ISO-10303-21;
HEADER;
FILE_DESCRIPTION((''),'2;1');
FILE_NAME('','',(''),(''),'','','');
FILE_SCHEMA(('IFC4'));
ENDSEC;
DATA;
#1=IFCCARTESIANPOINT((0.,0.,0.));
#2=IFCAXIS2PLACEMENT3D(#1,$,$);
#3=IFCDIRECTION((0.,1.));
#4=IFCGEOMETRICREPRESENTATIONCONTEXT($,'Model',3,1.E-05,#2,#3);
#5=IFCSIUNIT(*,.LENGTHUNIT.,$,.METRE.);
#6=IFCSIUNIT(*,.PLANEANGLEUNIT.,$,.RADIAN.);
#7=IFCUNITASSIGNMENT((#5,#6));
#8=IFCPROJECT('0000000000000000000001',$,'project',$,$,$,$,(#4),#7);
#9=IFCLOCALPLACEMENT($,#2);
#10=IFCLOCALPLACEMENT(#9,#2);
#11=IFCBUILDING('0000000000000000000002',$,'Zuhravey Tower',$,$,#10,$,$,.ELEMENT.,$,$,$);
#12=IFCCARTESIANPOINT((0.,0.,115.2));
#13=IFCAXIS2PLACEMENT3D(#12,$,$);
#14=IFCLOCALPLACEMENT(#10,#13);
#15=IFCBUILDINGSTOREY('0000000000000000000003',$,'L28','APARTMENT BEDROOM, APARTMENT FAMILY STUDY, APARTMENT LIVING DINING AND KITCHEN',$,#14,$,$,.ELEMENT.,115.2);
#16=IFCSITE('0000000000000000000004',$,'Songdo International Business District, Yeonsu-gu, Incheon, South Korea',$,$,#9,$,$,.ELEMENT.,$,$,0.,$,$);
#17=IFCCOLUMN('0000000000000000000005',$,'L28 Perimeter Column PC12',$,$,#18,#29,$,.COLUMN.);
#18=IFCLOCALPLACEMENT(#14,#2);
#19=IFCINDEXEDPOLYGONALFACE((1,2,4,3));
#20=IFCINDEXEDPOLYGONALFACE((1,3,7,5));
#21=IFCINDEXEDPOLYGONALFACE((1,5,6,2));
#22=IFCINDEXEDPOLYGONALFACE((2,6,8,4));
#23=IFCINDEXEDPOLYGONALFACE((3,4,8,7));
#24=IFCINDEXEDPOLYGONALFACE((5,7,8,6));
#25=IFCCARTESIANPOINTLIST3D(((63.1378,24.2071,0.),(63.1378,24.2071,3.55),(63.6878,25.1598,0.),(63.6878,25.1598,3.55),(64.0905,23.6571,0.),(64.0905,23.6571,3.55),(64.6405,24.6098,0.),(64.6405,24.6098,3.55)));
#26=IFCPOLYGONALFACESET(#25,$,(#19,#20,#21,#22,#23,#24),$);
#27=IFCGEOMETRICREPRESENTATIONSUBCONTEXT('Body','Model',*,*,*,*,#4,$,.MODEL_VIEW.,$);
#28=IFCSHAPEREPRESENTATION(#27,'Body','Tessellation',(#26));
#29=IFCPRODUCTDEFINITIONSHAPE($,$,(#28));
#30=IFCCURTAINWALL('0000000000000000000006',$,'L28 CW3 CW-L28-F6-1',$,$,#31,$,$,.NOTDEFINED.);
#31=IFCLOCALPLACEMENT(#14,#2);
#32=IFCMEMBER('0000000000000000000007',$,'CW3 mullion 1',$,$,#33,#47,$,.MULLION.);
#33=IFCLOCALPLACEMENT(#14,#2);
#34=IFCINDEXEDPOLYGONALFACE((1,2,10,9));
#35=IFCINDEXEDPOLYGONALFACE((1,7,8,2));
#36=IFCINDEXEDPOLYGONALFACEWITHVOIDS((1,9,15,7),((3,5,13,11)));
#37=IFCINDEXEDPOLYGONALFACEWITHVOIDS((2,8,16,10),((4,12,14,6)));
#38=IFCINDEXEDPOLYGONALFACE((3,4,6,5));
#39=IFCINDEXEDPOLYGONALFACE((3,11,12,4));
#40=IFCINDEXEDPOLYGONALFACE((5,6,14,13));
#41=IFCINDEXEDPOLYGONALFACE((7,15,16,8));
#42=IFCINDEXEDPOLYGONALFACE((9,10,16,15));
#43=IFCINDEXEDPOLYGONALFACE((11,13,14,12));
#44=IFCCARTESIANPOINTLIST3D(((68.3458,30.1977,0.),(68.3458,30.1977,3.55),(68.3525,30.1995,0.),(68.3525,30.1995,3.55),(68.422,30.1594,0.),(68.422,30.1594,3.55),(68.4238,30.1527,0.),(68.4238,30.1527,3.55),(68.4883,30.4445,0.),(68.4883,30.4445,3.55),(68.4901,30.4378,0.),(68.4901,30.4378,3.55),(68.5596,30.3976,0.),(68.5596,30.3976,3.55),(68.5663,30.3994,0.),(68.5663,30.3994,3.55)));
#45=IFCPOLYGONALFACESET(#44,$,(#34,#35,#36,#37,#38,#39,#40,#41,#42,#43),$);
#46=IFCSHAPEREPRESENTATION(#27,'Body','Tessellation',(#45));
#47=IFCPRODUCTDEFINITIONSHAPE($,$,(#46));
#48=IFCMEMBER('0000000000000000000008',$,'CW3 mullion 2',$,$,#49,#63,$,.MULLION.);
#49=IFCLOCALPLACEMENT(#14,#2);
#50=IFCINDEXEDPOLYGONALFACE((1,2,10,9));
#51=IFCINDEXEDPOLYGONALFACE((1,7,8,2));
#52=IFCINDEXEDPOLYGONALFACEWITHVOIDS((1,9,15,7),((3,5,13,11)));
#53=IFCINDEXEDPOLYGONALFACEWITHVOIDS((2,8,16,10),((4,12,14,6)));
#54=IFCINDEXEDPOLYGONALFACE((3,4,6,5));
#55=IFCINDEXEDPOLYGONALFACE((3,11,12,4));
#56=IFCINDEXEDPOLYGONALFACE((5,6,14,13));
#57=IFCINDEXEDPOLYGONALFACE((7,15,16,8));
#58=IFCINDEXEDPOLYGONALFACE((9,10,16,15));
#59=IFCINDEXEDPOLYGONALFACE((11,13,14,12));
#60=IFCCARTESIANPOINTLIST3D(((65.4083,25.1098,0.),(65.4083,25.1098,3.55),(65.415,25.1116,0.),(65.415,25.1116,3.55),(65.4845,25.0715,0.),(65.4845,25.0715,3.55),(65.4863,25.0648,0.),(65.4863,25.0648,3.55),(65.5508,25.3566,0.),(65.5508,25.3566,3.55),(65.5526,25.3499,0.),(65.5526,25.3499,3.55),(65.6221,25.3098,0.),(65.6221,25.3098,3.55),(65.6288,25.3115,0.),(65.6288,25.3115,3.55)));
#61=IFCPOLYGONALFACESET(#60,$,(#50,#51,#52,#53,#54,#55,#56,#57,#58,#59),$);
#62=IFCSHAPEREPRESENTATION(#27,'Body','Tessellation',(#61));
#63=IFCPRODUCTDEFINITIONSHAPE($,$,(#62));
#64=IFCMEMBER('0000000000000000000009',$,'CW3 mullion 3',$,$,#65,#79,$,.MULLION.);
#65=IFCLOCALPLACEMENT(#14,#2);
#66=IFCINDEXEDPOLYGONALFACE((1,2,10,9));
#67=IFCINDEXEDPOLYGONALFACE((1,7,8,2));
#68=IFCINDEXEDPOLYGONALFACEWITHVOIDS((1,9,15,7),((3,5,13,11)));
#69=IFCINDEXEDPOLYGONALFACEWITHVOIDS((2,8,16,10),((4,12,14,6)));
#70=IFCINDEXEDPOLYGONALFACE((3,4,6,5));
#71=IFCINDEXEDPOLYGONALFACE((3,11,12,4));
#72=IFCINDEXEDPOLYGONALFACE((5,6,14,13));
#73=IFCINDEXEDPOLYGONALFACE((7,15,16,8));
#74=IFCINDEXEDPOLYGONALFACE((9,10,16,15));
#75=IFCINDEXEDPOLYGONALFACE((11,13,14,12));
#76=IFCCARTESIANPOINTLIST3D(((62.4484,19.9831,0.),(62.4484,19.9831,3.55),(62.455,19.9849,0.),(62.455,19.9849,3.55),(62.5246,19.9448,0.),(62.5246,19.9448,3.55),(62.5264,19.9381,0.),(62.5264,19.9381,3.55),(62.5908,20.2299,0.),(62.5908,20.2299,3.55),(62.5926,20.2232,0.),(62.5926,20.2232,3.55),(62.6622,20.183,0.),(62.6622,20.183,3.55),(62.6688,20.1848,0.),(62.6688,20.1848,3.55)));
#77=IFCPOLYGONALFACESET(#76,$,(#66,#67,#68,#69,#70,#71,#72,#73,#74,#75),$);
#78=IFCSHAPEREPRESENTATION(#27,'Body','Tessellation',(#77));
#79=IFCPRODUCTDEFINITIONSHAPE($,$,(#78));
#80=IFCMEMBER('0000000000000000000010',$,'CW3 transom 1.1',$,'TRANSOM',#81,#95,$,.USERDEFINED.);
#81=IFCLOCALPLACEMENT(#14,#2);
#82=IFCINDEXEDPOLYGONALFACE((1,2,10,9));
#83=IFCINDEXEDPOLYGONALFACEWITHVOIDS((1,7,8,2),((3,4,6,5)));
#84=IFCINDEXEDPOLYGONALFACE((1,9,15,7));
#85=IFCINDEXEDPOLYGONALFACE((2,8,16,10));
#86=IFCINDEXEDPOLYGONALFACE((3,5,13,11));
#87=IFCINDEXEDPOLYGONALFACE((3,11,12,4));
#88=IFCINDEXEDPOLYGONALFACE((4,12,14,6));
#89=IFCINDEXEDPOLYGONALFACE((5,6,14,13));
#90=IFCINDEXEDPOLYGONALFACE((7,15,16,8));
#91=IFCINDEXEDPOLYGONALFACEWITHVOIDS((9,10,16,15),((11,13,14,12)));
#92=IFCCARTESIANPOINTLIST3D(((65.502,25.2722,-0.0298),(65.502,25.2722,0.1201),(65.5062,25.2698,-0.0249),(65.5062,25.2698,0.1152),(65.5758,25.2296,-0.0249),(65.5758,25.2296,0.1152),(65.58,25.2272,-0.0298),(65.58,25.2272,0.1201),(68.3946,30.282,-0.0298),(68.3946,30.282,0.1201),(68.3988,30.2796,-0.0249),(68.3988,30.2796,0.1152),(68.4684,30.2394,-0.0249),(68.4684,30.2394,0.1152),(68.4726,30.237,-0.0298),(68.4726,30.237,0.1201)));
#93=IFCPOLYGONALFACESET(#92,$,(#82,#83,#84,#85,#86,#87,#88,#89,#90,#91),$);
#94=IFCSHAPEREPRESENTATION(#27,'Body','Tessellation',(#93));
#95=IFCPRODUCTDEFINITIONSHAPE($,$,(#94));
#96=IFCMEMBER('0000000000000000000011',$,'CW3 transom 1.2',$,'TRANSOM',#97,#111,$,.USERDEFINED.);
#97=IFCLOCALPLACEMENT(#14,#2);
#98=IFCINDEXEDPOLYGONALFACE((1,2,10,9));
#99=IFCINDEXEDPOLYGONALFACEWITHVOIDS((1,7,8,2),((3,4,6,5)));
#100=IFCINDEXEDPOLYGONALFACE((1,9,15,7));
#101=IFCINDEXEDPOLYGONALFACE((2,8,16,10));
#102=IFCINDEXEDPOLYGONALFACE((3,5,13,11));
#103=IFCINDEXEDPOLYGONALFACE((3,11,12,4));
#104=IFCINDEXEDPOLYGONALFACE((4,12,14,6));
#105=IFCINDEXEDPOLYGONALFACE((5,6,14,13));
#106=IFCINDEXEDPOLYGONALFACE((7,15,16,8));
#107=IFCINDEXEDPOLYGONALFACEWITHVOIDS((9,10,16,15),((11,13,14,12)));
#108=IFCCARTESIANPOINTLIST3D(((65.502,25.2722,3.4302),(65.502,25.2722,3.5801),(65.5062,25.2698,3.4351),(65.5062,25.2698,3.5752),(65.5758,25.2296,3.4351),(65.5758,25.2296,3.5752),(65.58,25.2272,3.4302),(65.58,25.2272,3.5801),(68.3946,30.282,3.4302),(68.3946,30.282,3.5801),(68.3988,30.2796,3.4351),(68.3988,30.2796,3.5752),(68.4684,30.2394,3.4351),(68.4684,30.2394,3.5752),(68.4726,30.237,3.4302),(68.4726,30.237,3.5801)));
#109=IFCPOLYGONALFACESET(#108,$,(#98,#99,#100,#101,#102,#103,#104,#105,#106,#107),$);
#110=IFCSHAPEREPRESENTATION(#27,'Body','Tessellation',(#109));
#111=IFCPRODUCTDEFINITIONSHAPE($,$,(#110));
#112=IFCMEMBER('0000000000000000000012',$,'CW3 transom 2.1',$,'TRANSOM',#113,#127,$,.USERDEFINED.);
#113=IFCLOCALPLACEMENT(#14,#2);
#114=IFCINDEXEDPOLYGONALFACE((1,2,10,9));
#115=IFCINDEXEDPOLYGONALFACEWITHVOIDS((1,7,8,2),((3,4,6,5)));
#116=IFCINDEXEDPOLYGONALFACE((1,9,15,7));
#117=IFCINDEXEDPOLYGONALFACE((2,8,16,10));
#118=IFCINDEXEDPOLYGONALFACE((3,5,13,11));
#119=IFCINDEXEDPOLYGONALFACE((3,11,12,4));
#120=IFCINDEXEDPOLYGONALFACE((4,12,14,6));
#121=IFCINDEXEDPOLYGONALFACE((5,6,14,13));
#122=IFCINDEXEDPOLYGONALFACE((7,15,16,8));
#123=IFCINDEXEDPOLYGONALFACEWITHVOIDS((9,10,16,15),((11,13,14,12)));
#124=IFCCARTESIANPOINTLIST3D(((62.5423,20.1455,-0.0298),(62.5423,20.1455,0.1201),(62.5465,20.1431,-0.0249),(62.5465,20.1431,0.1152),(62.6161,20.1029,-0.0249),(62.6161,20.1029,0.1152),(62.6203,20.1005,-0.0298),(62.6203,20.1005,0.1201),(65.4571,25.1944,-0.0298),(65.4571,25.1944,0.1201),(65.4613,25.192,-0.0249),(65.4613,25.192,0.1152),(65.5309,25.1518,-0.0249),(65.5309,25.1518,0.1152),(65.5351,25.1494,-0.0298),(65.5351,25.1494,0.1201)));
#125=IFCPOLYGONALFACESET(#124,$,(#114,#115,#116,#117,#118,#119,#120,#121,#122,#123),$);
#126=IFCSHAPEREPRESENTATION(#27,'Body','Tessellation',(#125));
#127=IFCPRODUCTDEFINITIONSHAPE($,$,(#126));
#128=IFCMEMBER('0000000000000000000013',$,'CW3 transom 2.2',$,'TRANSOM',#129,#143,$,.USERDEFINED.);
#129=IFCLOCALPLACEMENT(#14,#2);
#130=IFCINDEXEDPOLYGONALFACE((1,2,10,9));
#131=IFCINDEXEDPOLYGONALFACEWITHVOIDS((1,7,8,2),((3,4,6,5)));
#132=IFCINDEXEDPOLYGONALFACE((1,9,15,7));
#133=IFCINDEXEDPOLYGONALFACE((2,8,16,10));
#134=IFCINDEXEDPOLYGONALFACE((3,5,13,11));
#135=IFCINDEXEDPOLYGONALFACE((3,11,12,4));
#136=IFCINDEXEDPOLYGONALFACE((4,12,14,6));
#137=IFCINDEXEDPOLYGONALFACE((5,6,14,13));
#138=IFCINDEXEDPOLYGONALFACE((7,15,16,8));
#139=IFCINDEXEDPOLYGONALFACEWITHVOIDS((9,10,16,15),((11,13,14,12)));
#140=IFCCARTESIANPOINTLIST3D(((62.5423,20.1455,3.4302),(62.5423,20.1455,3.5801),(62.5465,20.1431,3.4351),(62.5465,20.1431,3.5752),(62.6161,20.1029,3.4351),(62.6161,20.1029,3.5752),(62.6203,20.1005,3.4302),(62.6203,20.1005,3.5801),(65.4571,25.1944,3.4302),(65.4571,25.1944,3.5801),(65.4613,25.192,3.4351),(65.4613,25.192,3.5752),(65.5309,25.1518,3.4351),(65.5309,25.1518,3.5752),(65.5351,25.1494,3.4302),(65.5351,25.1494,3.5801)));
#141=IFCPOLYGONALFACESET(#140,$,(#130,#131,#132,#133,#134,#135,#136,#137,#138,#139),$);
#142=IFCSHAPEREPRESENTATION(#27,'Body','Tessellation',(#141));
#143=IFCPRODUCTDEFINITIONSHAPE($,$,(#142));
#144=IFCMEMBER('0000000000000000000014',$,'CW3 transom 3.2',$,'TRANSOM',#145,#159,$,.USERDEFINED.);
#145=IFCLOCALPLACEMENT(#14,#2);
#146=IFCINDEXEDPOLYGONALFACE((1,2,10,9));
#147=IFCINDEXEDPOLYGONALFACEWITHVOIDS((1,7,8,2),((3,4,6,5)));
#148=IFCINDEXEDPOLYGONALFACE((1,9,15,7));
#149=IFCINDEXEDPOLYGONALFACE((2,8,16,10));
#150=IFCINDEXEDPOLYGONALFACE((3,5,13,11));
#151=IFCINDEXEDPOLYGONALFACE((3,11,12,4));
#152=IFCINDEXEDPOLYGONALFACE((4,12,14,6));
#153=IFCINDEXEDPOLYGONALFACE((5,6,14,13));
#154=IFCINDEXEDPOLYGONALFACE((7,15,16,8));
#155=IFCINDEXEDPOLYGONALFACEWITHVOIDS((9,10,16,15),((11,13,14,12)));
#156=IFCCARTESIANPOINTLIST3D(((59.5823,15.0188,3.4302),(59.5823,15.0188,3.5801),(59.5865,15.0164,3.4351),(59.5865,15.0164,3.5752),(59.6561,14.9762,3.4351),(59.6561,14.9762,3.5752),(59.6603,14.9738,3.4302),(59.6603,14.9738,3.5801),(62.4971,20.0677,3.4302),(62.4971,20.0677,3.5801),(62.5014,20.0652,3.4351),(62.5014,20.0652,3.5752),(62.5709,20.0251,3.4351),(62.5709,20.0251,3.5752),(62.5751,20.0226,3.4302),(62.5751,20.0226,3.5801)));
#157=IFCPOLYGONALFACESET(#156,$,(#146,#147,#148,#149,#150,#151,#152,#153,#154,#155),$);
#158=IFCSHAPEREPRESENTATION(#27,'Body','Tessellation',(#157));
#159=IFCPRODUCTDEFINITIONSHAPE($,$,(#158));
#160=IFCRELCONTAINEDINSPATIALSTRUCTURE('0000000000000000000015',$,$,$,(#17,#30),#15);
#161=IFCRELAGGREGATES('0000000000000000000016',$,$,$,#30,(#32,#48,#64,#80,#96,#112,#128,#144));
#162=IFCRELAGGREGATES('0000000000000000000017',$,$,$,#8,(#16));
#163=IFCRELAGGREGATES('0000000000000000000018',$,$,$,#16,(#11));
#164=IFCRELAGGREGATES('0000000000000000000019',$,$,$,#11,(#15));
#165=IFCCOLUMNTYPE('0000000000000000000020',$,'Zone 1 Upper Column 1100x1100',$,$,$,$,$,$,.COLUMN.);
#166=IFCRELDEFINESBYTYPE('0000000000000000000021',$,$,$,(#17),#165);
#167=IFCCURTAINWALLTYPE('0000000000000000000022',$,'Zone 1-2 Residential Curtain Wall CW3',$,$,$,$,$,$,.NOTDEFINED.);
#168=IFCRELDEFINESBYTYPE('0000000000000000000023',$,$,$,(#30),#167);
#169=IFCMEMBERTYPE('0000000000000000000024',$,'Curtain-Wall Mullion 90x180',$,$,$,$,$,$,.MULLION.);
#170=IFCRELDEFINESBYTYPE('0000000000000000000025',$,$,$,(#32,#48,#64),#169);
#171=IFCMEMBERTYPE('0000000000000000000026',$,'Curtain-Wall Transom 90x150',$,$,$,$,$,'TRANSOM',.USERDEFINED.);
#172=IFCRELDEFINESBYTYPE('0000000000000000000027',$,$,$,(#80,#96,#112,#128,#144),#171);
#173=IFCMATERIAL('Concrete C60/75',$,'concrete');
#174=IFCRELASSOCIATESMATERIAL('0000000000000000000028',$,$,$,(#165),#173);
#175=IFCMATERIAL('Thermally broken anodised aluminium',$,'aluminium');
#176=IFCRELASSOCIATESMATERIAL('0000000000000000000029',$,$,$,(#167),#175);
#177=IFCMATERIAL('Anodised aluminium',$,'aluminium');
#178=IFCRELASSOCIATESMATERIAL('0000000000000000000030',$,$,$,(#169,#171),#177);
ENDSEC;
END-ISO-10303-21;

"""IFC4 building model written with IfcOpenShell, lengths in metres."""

from ifc_helpers import new_model, si_unit, direction, frame, origin, origin_2d, place, context, subcontext, project, spatial, rectangle, hollow_rectangle, extrude, material, material_profile, profile_set, type_object, element, aggregate, save


model = new_model("IFC4")

# Units and contexts
model_context = context("Model", 3, precision=1e-05, world=origin(), true_north=direction((0.0, 1.0)))
body_context = subcontext(model_context, "Body", "Model", "MODEL_VIEW")
ifc_project = project(units=[si_unit("LENGTHUNIT", "METRE"), si_unit("PLANEANGLEUNIT", "RADIAN")], contexts=[model_context])

# Site, building, storey
site_placement = place(None, origin())
site = spatial("IfcSite", under=ifc_project, at=site_placement, Name="Songdo International Business District, Yeonsu-gu, Incheon, South Korea", CompositionType="ELEMENT", RefElevation=0.0)
building_placement = place(site_placement, origin())
building = spatial("IfcBuilding", under=site, at=building_placement, Name="Zuhravey Tower", CompositionType="ELEMENT")
storey_placement = place(building_placement, frame((0.0, 0.0, 115.2)))
storey = spatial("IfcBuildingStorey", under=building, at=storey_placement, Name="L28", Description="APARTMENT BEDROOM, APARTMENT FAMILY STUDY, APARTMENT LIVING DINING AND KITCHEN", CompositionType="ELEMENT", Elevation=115.2)

# Column
ifc_material_1 = material(Name="Concrete C60/75", Category="concrete")
ifc_material_profile_1 = material_profile(ifc_material_1, rectangle(XDim=1.1001, YDim=1.1001, at=origin_2d()), Name="RC-1100x1100")
ifc_profile_set_1 = profile_set([ifc_material_profile_1], Name="Concrete C60/75")
column_type = type_object("IfcColumnType", Name="Zone 1 Upper Column 1100x1100", PredefinedType="COLUMN", material=ifc_profile_set_1)
column_placement = place(storey_placement, frame((63.8892, 24.4084, 0.0), z_axis=(0.0, 0.0, 1.0), x_axis=(0.5, 0.866025, 0.0)))
element("IfcColumn", 1, at=column_placement, inside=storey, type_object=column_type, Name="L28 Perimeter Column PC12", PredefinedType="COLUMN", context=body_context, shape_type="SweptSolid", body=[
    extrude(rectangle(XDim=1.1001, YDim=1.1001, at=origin_2d()), origin(), (0.0, 0.0, 1.0), 3.55),
])

# Curtain wall, members
ifc_material_2 = material(Name="Thermally broken anodised aluminium", Category="aluminium")
curtain_wall_type = type_object("IfcCurtainWallType", Name="Zone 1-2 Residential Curtain Wall CW3", PredefinedType="NOTDEFINED", material=ifc_material_2)
curtain_wall_placement = place(storey_placement, origin())
curtain_wall = element("IfcCurtainWall", 2, at=curtain_wall_placement, inside=storey, type_object=curtain_wall_type, Name="L28 CW3 CW-L28-F6-1", PredefinedType="NOTDEFINED")
ifc_material_3 = material(Name="Anodised aluminium", Category="aluminium")
ifc_material_profile_2 = material_profile(ifc_material_3, hollow_rectangle(XDim=0.0901, YDim=0.2849, WallThickness=0.0049, at=origin_2d()), Name="ALU-RHS-90x285x5")
ifc_profile_set_2 = profile_set([ifc_material_profile_2], Name="Anodised aluminium")
member_type_1 = type_object("IfcMemberType", Name="Curtain-Wall Mullion 90x180", PredefinedType="MULLION", material=ifc_profile_set_2)
member_1_placement = place(storey_placement, frame((68.4561, 30.2986, 0.0), z_axis=(0.0, 0.0, 1.0), x_axis=(0.866026, -0.5, 0.0)))
member_1 = element("IfcMember", 3, at=member_1_placement, type_object=member_type_1, Name="CW3 mullion 1", PredefinedType="MULLION", context=body_context, shape_type="SweptSolid", body=[
    extrude(hollow_rectangle(XDim=0.0901, YDim=0.2849, WallThickness=0.0049, at=origin_2d()), origin(), (0.0, 0.0, 1.0), 3.55),
])
member_2_placement = place(storey_placement, frame((65.5186, 25.2107, 0.0), z_axis=(0.0, 0.0, 1.0), x_axis=(0.866026, -0.5, 0.0)))
member_2 = element("IfcMember", 4, at=member_2_placement, type_object=member_type_1, Name="CW3 mullion 2", PredefinedType="MULLION", context=body_context, shape_type="SweptSolid", body=[
    extrude(hollow_rectangle(XDim=0.0901, YDim=0.2849, WallThickness=0.0049, at=origin_2d()), origin(), (0.0, 0.0, 1.0), 3.55),
])
member_3_placement = place(storey_placement, frame((62.5586, 20.084, 0.0), z_axis=(0.0, 0.0, 1.0), x_axis=(0.866026, -0.5, 0.0)))
member_3 = element("IfcMember", 5, at=member_3_placement, type_object=member_type_1, Name="CW3 mullion 3", PredefinedType="MULLION", context=body_context, shape_type="SweptSolid", body=[
    extrude(hollow_rectangle(XDim=0.0901, YDim=0.2849, WallThickness=0.0049, at=origin_2d()), origin(), (0.0, 0.0, 1.0), 3.55),
])
ifc_material_profile_3 = material_profile(ifc_material_3, hollow_rectangle(XDim=0.0901, YDim=0.1499, WallThickness=0.0049, at=origin_2d()), Name="ALU-RHS-90x150x5")
ifc_profile_set_3 = profile_set([ifc_material_profile_3], Name="Anodised aluminium")
member_type_2 = type_object("IfcMemberType", Name="Curtain-Wall Transom 90x150", ElementType="TRANSOM", PredefinedType="USERDEFINED", material=ifc_profile_set_3)
member_4_placement = place(storey_placement, frame((68.4336, 30.2595, 0.0452), z_axis=(-0.500024, -0.866011, 0.0), x_axis=(0.866011, -0.500024, 0.0)))
member_4 = element("IfcMember", 6, at=member_4_placement, type_object=member_type_2, Name="CW3 transom 1.1", ObjectType="TRANSOM", PredefinedType="USERDEFINED", context=body_context, shape_type="SweptSolid", body=[
    extrude(hollow_rectangle(XDim=0.0901, YDim=0.1499, WallThickness=0.0049, at=origin_2d()), origin(), (0.0, 0.0, 1.0), 5.7849),
])
member_5_placement = place(storey_placement, frame((68.4336, 30.2595, 3.5051), z_axis=(-0.500024, -0.866011, 0.0), x_axis=(0.866011, -0.500024, 0.0)))
member_5 = element("IfcMember", 7, at=member_5_placement, type_object=member_type_2, Name="CW3 transom 1.2", ObjectType="TRANSOM", PredefinedType="USERDEFINED", context=body_context, shape_type="SweptSolid", body=[
    extrude(hollow_rectangle(XDim=0.0901, YDim=0.1499, WallThickness=0.0049, at=origin_2d()), origin(), (0.0, 0.0, 1.0), 5.7849),
])
member_6_placement = place(storey_placement, frame((65.4961, 25.1719, 0.0452), z_axis=(-0.499981, -0.866036, 0.0), x_axis=(0.866036, -0.499981, 0.0)))
member_6 = element("IfcMember", 8, at=member_6_placement, type_object=member_type_2, Name="CW3 transom 2.1", ObjectType="TRANSOM", PredefinedType="USERDEFINED", context=body_context, shape_type="SweptSolid", body=[
    extrude(hollow_rectangle(XDim=0.0901, YDim=0.1499, WallThickness=0.0049, at=origin_2d()), origin(), (0.0, 0.0, 1.0), 5.8298),
])
member_7_placement = place(storey_placement, frame((65.4961, 25.1719, 3.5051), z_axis=(-0.499981, -0.866036, 0.0), x_axis=(0.866036, -0.499981, 0.0)))
member_7 = element("IfcMember", 9, at=member_7_placement, type_object=member_type_2, Name="CW3 transom 2.2", ObjectType="TRANSOM", PredefinedType="USERDEFINED", context=body_context, shape_type="SweptSolid", body=[
    extrude(hollow_rectangle(XDim=0.0901, YDim=0.1499, WallThickness=0.0049, at=origin_2d()), origin(), (0.0, 0.0, 1.0), 5.8298),
])
member_8_placement = place(storey_placement, frame((62.5361, 20.0452, 3.5051), z_axis=(-0.499981, -0.866036, 0.0), x_axis=(0.866036, -0.499981, 0.0)))
member_8 = element("IfcMember", 10, at=member_8_placement, type_object=member_type_2, Name="CW3 transom 3.2", ObjectType="TRANSOM", PredefinedType="USERDEFINED", context=body_context, shape_type="SweptSolid", body=[
    extrude(hollow_rectangle(XDim=0.0901, YDim=0.1499, WallThickness=0.0049, at=origin_2d()), origin(), (0.0, 0.0, 1.0), 5.8298),
])

aggregate(curtain_wall, [member_1, member_2, member_3, member_4, member_5, member_6, member_7, member_8])

save(model, "model.ifc")
